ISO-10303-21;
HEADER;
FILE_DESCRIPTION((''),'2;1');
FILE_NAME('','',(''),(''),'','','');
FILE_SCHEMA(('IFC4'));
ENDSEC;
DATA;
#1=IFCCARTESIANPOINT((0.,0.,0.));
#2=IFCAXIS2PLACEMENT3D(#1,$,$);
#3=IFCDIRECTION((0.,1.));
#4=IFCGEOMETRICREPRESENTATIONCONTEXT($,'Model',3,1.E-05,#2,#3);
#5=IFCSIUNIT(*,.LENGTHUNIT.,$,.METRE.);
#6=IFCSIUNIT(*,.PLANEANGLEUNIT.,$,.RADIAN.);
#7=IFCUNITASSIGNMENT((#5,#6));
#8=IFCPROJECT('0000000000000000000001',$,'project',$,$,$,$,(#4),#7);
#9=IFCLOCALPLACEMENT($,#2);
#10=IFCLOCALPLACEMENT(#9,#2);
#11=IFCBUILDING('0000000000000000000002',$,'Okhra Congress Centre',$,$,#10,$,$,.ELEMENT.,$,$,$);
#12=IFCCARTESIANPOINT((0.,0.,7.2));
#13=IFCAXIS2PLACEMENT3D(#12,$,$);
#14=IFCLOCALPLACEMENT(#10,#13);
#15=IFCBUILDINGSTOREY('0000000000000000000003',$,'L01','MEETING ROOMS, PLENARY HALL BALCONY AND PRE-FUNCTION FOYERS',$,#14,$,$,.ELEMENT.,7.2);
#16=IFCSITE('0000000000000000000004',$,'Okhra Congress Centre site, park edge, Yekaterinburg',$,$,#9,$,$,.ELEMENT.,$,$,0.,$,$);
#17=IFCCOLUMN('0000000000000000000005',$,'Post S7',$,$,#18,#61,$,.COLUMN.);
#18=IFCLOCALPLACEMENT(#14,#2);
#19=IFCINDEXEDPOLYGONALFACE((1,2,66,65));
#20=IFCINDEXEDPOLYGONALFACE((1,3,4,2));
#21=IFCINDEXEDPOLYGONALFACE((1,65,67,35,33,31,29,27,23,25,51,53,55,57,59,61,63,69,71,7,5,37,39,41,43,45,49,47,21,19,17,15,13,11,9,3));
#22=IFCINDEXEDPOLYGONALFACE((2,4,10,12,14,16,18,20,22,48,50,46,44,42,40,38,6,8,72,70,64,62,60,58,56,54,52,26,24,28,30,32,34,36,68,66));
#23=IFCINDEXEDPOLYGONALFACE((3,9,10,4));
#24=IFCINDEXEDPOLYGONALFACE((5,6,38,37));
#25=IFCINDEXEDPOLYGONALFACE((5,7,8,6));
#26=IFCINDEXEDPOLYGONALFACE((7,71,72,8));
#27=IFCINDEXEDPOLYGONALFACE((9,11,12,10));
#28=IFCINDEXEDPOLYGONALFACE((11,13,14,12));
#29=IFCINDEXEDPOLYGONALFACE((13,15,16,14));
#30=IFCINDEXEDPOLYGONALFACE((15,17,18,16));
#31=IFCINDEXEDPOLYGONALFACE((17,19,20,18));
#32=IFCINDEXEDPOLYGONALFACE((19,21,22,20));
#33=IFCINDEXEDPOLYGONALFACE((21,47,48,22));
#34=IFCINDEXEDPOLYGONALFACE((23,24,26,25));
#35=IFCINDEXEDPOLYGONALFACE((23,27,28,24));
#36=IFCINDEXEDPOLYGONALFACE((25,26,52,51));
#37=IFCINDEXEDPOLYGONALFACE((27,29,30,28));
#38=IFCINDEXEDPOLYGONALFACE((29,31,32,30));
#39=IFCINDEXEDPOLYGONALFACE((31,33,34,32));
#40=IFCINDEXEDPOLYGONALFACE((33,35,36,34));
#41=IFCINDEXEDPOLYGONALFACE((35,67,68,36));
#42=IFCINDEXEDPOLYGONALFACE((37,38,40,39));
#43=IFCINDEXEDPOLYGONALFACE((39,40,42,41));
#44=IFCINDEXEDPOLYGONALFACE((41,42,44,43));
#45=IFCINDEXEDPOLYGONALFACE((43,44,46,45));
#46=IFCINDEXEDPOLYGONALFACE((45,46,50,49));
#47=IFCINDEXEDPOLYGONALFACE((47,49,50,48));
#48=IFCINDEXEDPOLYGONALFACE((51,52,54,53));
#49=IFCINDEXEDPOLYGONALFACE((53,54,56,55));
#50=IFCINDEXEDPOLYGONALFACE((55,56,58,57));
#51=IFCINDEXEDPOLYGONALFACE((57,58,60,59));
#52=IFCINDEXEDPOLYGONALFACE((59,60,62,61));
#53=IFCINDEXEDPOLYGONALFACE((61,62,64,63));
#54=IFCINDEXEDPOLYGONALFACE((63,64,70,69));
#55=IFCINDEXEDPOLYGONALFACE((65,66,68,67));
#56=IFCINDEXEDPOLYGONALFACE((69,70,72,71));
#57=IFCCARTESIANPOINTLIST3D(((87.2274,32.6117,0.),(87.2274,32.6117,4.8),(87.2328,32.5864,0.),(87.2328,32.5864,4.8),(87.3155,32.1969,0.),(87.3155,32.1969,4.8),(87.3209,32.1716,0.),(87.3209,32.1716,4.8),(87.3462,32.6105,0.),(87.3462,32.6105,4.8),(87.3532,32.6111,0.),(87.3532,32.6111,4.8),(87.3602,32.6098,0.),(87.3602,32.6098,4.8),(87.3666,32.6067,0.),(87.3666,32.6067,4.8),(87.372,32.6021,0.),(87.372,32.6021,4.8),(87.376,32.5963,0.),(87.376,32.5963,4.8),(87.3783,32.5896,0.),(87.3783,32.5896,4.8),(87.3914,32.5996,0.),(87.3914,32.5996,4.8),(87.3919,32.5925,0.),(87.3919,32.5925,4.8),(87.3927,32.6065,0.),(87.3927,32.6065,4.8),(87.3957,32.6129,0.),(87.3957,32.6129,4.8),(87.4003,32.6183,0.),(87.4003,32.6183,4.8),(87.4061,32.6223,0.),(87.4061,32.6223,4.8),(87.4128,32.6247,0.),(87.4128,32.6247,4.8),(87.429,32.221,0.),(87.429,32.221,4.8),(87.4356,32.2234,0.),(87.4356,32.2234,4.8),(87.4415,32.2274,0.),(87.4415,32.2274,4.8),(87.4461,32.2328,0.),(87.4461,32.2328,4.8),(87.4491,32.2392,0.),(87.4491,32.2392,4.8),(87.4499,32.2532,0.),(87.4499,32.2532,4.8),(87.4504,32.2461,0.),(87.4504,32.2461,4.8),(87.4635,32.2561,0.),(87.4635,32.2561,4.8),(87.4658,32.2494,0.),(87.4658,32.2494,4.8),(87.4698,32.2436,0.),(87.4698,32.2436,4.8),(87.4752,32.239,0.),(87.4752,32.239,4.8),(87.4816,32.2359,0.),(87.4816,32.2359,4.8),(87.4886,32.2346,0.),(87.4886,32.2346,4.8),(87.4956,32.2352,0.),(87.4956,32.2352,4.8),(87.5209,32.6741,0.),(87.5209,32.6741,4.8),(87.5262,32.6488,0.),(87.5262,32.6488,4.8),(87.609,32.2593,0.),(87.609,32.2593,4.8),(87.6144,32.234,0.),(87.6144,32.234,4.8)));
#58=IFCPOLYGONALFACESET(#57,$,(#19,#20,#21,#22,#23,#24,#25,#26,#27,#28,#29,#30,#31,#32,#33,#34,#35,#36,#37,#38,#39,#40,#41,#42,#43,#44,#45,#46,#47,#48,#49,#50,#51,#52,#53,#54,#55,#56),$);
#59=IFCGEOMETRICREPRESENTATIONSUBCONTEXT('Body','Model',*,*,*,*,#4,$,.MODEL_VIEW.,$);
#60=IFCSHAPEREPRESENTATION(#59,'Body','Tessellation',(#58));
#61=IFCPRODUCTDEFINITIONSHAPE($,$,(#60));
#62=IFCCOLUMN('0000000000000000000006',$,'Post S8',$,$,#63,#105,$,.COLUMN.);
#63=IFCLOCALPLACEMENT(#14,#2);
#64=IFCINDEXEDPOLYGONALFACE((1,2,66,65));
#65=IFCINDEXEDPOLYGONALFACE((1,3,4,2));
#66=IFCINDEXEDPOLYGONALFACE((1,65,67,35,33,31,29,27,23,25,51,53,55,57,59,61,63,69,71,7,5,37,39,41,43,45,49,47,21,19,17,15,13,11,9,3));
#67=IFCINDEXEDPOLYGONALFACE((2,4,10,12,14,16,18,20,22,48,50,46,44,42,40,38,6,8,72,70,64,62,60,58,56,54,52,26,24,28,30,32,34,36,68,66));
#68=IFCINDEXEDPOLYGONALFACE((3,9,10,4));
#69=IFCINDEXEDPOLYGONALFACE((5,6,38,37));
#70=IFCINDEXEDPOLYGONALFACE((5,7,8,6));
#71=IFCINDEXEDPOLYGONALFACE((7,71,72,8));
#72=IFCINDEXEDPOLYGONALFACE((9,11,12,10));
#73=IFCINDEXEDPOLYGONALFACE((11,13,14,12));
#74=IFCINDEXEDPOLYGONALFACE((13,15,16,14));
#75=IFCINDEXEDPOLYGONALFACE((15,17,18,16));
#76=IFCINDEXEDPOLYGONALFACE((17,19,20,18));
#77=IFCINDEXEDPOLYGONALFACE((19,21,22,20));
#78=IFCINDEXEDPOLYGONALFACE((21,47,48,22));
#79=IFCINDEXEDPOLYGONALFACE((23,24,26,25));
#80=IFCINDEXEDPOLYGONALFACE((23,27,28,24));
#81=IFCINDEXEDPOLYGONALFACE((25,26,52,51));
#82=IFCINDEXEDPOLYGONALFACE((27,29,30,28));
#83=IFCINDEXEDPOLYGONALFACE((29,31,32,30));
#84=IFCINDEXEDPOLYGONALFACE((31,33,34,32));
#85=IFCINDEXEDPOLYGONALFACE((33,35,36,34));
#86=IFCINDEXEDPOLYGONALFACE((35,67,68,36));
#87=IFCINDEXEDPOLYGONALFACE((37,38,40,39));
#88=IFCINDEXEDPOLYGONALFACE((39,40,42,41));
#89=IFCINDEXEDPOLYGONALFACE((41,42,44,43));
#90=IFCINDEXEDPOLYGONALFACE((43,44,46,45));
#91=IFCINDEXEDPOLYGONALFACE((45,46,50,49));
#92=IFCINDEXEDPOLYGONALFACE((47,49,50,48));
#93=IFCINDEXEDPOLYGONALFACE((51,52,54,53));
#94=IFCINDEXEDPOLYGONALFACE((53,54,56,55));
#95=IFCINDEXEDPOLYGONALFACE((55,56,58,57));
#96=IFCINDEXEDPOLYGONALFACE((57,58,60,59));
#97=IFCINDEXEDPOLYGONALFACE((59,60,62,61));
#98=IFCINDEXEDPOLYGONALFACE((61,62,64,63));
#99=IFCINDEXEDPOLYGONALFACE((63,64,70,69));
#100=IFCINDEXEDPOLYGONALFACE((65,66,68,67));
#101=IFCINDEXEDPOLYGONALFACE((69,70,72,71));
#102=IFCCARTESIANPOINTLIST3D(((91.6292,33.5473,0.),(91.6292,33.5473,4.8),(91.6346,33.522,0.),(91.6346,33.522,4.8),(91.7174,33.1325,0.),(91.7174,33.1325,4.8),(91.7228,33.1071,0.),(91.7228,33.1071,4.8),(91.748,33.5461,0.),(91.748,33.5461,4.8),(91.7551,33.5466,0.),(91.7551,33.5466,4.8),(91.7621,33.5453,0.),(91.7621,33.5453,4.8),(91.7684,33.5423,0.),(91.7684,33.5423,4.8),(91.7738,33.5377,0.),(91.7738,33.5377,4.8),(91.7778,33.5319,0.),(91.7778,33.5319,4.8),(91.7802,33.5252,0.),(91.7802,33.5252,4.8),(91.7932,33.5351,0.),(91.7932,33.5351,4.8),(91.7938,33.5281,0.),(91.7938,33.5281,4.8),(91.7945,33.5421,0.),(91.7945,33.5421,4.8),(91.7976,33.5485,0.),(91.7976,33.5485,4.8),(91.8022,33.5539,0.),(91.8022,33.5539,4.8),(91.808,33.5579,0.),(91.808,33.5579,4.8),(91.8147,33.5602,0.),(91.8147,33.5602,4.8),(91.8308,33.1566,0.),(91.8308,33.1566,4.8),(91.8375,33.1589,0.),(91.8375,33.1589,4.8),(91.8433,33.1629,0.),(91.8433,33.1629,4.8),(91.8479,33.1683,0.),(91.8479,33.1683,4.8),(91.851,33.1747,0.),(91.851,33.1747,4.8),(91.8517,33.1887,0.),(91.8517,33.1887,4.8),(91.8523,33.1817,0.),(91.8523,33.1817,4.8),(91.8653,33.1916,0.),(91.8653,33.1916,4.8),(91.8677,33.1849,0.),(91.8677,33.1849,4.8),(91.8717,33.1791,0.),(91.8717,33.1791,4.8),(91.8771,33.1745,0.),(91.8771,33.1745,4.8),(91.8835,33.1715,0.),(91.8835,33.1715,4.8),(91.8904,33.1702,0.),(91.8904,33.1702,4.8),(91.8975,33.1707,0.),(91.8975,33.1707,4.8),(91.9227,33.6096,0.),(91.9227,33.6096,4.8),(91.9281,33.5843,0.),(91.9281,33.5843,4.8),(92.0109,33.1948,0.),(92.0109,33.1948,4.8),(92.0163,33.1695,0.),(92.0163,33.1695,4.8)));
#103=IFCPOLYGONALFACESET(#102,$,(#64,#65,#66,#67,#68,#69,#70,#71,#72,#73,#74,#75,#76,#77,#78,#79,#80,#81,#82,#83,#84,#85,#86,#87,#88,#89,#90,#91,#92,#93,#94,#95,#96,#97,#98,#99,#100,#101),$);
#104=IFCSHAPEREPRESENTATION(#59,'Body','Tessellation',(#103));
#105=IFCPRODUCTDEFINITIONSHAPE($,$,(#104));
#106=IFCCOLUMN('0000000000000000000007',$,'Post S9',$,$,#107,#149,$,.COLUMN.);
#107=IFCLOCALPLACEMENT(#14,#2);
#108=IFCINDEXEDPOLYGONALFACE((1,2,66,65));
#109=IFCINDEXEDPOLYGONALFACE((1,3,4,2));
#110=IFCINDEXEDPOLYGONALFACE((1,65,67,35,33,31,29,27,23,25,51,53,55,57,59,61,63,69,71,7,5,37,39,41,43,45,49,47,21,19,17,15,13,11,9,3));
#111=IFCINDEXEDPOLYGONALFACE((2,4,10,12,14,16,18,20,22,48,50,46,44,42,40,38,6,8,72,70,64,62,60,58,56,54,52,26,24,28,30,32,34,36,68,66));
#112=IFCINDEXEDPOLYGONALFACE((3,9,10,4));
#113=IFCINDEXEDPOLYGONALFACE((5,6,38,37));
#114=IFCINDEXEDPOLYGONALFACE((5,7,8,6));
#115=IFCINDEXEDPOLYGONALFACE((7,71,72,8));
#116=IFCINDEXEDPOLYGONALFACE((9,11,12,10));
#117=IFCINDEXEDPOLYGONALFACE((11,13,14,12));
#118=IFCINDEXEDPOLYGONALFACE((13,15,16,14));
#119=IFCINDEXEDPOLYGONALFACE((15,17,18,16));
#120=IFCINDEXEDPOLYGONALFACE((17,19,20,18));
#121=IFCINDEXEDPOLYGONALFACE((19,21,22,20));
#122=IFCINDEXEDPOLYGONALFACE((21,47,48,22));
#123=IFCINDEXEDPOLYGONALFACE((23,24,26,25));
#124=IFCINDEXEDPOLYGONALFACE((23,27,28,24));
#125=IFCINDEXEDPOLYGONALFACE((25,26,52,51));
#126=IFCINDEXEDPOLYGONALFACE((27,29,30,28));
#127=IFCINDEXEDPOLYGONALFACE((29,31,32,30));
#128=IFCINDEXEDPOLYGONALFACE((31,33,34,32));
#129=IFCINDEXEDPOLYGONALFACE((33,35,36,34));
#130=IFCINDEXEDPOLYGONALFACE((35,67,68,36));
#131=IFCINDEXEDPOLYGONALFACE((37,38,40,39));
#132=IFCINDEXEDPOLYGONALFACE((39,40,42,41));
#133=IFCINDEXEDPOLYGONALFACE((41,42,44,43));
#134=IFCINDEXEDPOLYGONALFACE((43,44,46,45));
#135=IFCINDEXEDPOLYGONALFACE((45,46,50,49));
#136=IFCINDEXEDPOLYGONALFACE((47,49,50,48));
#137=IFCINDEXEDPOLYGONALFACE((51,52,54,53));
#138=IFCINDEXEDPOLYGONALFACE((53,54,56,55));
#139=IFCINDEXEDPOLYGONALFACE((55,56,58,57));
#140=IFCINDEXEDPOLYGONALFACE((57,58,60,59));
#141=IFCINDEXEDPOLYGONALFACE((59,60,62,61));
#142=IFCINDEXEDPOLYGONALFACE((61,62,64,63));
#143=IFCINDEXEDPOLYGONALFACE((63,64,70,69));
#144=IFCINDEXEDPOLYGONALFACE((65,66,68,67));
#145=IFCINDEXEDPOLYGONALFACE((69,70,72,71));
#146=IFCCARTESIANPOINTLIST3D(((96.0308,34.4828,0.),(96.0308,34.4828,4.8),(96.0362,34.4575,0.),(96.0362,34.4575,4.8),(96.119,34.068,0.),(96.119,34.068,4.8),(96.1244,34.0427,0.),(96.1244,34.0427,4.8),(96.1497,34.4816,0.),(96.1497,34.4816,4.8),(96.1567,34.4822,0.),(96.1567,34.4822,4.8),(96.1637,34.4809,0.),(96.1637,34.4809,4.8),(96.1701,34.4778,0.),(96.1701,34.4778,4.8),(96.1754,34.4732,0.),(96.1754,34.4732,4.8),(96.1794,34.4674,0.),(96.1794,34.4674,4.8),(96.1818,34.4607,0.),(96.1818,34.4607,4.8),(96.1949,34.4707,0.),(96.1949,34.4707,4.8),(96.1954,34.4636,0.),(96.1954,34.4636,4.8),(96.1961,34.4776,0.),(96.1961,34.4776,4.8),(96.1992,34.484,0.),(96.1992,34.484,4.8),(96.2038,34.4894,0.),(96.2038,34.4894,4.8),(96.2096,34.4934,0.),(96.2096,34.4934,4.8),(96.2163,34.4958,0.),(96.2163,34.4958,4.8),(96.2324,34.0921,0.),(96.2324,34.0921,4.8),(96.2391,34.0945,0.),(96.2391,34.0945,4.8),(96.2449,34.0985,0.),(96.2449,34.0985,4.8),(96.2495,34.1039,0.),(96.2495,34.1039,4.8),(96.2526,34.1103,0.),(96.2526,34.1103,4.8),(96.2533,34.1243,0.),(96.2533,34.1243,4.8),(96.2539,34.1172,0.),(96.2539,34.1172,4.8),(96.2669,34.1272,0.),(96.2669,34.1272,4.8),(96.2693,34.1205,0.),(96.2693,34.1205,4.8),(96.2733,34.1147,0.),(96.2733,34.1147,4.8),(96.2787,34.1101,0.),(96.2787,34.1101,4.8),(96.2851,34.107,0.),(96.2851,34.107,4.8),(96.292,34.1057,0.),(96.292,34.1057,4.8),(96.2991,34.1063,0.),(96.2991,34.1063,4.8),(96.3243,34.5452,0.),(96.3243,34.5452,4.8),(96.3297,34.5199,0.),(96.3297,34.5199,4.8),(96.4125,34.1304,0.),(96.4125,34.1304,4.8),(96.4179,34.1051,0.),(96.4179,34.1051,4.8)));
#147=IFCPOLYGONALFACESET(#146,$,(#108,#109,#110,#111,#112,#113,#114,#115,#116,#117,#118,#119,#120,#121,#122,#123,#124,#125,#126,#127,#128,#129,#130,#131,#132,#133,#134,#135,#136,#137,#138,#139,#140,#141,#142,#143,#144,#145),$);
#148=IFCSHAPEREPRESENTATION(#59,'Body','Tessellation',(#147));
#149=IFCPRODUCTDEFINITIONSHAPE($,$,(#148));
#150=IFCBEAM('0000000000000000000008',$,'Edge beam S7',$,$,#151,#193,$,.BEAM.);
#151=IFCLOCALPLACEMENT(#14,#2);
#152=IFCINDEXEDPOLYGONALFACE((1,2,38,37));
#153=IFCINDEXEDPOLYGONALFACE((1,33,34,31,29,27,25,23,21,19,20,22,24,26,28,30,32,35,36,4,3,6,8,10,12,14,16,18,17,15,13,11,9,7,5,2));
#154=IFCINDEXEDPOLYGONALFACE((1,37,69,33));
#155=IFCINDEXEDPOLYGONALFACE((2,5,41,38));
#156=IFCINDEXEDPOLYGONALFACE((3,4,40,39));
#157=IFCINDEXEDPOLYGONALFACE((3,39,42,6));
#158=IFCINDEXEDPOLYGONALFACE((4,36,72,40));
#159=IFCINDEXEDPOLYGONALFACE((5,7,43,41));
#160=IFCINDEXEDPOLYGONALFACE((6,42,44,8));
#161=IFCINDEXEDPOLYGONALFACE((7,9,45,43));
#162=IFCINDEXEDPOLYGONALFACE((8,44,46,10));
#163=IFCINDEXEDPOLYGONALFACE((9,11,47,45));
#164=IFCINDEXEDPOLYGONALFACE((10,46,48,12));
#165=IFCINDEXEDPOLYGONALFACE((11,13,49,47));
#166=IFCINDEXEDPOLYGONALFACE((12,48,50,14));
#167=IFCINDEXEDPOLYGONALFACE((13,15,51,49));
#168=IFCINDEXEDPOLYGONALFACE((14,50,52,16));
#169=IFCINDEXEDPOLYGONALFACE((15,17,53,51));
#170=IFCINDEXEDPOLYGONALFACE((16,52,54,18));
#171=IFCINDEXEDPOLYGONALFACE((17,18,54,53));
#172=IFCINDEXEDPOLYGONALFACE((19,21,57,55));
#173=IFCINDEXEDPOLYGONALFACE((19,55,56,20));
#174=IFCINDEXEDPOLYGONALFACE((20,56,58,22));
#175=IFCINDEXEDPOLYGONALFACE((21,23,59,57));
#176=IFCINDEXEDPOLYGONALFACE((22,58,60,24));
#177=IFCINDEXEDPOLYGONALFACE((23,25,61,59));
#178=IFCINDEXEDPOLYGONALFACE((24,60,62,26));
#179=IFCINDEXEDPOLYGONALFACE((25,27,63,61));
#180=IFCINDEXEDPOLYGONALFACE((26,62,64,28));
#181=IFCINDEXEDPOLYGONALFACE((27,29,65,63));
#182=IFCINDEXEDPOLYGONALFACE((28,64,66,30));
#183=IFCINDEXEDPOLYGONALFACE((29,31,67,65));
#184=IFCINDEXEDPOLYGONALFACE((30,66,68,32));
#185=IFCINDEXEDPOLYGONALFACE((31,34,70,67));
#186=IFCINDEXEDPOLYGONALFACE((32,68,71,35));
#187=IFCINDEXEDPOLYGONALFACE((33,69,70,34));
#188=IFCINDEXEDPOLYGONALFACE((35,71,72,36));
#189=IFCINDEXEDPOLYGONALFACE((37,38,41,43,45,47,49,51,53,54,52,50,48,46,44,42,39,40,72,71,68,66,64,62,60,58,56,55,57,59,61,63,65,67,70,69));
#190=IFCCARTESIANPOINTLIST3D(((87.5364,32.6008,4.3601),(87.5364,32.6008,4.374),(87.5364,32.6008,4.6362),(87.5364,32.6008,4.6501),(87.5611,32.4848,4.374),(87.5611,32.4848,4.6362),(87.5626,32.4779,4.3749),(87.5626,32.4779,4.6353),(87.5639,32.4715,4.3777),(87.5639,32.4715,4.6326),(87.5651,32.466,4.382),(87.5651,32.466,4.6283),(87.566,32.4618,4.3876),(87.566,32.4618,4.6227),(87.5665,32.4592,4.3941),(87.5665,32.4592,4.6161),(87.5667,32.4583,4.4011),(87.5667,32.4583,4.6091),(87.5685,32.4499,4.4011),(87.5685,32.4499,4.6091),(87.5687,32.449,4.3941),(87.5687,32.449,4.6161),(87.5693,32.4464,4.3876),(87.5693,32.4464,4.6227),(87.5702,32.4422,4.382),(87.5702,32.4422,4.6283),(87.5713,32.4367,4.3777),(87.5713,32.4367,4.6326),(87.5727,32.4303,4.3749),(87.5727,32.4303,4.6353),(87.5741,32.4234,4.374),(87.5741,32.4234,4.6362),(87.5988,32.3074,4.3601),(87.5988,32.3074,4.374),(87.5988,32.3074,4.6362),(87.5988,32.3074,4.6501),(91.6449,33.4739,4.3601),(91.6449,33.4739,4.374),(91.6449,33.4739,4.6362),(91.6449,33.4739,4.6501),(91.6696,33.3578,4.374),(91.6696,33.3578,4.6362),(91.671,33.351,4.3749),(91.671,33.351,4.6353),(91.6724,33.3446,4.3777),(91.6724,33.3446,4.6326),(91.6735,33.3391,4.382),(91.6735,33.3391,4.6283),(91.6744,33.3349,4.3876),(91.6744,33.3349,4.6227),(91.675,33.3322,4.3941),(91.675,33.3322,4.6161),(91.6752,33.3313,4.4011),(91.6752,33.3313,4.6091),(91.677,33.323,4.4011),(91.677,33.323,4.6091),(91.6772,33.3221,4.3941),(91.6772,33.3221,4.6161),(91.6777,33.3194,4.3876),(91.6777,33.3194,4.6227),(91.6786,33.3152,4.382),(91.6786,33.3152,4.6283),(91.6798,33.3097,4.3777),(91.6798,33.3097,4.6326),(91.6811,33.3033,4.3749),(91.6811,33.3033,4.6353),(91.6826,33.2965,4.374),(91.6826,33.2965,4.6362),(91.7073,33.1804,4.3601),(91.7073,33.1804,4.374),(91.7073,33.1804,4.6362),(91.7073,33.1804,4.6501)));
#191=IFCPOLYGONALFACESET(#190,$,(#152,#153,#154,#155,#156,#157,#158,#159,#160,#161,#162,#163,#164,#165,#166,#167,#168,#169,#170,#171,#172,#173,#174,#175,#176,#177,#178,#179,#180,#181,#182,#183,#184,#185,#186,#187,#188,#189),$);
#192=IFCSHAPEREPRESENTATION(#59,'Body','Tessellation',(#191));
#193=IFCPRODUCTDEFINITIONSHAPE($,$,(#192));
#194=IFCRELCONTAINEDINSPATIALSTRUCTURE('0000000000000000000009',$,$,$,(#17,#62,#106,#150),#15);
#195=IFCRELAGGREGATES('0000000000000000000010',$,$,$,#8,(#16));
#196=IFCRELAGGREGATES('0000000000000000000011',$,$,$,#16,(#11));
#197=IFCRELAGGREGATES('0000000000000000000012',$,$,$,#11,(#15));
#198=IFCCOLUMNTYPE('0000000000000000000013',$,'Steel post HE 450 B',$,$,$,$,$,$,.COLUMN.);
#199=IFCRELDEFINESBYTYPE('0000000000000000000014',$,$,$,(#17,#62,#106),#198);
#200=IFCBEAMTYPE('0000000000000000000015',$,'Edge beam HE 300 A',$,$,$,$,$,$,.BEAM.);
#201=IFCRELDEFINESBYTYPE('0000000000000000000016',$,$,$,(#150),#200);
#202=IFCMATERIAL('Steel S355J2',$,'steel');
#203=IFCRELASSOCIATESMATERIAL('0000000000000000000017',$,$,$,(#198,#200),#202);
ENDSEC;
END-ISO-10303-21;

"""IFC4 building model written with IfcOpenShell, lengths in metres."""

from ifc_helpers import new_model, si_unit, direction, frame, origin, origin_2d, place, context, subcontext, project, spatial, i_section, extrude, material, material_profile, profile_set, type_object, element, save


model = new_model("IFC4")

# Units and contexts
model_context = context("Model", 3, precision=1e-05, world=origin(), true_north=direction((0.0, 1.0)))
body_context = subcontext(model_context, "Body", "Model", "MODEL_VIEW")
ifc_project = project(units=[si_unit("LENGTHUNIT", "METRE"), si_unit("PLANEANGLEUNIT", "RADIAN")], contexts=[model_context])

# Site, building, storey
site_placement = place(None, origin())
site = spatial("IfcSite", under=ifc_project, at=site_placement, Name="Okhra Congress Centre site, park edge, Yekaterinburg", CompositionType="ELEMENT", RefElevation=0.0)
building_placement = place(site_placement, origin())
building = spatial("IfcBuilding", under=site, at=building_placement, Name="Okhra Congress Centre", CompositionType="ELEMENT")
storey_placement = place(building_placement, frame((0.0, 0.0, 7.2)))
storey = spatial("IfcBuildingStorey", under=building, at=storey_placement, Name="L01", Description="MEETING ROOMS, PLENARY HALL BALCONY AND PRE-FUNCTION FOYERS", CompositionType="ELEMENT", Elevation=7.2)

# Columns
ifc_material_1 = material(Name="Steel S355J2", Category="steel")
ifc_material_profile_1 = material_profile(ifc_material_1, i_section(OverallWidth=0.3, OverallDepth=0.45, WebThickness=0.0139, FlangeThickness=0.0259, FilletRadius=0.0271, at=origin_2d()), Name="HE 450 B")
ifc_profile_set_1 = profile_set([ifc_material_profile_1], Name="Steel S355J2")
column_type = type_object("IfcColumnType", Name="Steel post HE 450 B", PredefinedType="COLUMN", material=ifc_profile_set_1)
for number, where, z_axis, x_axis, name in (
    (1, (87.4209, 32.4229, 0.0), (0.0, 0.0, 1.0), (0.978148, 0.207912, 0.0), "Post S7"),
    (2, (91.8228, 33.3584, 0.0), (0.0, 0.0, 1.0), (0.978148, 0.207912, 0.0), "Post S8"),
    (3, (96.2244, 34.2939, 0.0), (0.0, 0.0, 1.0), (0.978148, 0.207912, 0.0), "Post S9"),
):
    element("IfcColumn", number, at=place(storey_placement, frame(where, z_axis=z_axis, x_axis=x_axis)), inside=storey, type_object=column_type, Name=name, PredefinedType="COLUMN", context=body_context, shape_type="SweptSolid", body=[
        extrude(i_section(OverallWidth=0.3, OverallDepth=0.45, WebThickness=0.0139, FlangeThickness=0.0259, FilletRadius=0.0271, at=origin_2d()), origin(), (0.0, 0.0, 1.0), 4.8),
    ])

# Beam
ifc_material_profile_2 = material_profile(ifc_material_1, i_section(OverallWidth=0.3, OverallDepth=0.29, WebThickness=0.0085, FlangeThickness=0.0139, FilletRadius=0.0271, at=origin_2d()), Name="HE 300 A")
ifc_profile_set_2 = profile_set([ifc_material_profile_2], Name="Steel S355J2")
beam_type_1 = type_object("IfcBeamType", Name="Edge beam HE 300 A", PredefinedType="BEAM", material=ifc_profile_set_2)
beam_placement = place(storey_placement, frame((87.5676, 32.4541, 4.5051), z_axis=(0.978158, 0.207862, 0.0), x_axis=(-0.207862, 0.978158, 0.0)))
element("IfcBeam", 4, at=beam_placement, inside=storey, type_object=beam_type_1, Name="Edge beam S7", PredefinedType="BEAM", context=body_context, shape_type="SweptSolid", body=[
    extrude(i_section(OverallWidth=0.3, OverallDepth=0.29, WebThickness=0.0085, FlangeThickness=0.0139, FilletRadius=0.0271, at=origin_2d()), origin(), (0.0, 0.0, 1.0), 4.2002),
])

save(model, "model.ifc")
